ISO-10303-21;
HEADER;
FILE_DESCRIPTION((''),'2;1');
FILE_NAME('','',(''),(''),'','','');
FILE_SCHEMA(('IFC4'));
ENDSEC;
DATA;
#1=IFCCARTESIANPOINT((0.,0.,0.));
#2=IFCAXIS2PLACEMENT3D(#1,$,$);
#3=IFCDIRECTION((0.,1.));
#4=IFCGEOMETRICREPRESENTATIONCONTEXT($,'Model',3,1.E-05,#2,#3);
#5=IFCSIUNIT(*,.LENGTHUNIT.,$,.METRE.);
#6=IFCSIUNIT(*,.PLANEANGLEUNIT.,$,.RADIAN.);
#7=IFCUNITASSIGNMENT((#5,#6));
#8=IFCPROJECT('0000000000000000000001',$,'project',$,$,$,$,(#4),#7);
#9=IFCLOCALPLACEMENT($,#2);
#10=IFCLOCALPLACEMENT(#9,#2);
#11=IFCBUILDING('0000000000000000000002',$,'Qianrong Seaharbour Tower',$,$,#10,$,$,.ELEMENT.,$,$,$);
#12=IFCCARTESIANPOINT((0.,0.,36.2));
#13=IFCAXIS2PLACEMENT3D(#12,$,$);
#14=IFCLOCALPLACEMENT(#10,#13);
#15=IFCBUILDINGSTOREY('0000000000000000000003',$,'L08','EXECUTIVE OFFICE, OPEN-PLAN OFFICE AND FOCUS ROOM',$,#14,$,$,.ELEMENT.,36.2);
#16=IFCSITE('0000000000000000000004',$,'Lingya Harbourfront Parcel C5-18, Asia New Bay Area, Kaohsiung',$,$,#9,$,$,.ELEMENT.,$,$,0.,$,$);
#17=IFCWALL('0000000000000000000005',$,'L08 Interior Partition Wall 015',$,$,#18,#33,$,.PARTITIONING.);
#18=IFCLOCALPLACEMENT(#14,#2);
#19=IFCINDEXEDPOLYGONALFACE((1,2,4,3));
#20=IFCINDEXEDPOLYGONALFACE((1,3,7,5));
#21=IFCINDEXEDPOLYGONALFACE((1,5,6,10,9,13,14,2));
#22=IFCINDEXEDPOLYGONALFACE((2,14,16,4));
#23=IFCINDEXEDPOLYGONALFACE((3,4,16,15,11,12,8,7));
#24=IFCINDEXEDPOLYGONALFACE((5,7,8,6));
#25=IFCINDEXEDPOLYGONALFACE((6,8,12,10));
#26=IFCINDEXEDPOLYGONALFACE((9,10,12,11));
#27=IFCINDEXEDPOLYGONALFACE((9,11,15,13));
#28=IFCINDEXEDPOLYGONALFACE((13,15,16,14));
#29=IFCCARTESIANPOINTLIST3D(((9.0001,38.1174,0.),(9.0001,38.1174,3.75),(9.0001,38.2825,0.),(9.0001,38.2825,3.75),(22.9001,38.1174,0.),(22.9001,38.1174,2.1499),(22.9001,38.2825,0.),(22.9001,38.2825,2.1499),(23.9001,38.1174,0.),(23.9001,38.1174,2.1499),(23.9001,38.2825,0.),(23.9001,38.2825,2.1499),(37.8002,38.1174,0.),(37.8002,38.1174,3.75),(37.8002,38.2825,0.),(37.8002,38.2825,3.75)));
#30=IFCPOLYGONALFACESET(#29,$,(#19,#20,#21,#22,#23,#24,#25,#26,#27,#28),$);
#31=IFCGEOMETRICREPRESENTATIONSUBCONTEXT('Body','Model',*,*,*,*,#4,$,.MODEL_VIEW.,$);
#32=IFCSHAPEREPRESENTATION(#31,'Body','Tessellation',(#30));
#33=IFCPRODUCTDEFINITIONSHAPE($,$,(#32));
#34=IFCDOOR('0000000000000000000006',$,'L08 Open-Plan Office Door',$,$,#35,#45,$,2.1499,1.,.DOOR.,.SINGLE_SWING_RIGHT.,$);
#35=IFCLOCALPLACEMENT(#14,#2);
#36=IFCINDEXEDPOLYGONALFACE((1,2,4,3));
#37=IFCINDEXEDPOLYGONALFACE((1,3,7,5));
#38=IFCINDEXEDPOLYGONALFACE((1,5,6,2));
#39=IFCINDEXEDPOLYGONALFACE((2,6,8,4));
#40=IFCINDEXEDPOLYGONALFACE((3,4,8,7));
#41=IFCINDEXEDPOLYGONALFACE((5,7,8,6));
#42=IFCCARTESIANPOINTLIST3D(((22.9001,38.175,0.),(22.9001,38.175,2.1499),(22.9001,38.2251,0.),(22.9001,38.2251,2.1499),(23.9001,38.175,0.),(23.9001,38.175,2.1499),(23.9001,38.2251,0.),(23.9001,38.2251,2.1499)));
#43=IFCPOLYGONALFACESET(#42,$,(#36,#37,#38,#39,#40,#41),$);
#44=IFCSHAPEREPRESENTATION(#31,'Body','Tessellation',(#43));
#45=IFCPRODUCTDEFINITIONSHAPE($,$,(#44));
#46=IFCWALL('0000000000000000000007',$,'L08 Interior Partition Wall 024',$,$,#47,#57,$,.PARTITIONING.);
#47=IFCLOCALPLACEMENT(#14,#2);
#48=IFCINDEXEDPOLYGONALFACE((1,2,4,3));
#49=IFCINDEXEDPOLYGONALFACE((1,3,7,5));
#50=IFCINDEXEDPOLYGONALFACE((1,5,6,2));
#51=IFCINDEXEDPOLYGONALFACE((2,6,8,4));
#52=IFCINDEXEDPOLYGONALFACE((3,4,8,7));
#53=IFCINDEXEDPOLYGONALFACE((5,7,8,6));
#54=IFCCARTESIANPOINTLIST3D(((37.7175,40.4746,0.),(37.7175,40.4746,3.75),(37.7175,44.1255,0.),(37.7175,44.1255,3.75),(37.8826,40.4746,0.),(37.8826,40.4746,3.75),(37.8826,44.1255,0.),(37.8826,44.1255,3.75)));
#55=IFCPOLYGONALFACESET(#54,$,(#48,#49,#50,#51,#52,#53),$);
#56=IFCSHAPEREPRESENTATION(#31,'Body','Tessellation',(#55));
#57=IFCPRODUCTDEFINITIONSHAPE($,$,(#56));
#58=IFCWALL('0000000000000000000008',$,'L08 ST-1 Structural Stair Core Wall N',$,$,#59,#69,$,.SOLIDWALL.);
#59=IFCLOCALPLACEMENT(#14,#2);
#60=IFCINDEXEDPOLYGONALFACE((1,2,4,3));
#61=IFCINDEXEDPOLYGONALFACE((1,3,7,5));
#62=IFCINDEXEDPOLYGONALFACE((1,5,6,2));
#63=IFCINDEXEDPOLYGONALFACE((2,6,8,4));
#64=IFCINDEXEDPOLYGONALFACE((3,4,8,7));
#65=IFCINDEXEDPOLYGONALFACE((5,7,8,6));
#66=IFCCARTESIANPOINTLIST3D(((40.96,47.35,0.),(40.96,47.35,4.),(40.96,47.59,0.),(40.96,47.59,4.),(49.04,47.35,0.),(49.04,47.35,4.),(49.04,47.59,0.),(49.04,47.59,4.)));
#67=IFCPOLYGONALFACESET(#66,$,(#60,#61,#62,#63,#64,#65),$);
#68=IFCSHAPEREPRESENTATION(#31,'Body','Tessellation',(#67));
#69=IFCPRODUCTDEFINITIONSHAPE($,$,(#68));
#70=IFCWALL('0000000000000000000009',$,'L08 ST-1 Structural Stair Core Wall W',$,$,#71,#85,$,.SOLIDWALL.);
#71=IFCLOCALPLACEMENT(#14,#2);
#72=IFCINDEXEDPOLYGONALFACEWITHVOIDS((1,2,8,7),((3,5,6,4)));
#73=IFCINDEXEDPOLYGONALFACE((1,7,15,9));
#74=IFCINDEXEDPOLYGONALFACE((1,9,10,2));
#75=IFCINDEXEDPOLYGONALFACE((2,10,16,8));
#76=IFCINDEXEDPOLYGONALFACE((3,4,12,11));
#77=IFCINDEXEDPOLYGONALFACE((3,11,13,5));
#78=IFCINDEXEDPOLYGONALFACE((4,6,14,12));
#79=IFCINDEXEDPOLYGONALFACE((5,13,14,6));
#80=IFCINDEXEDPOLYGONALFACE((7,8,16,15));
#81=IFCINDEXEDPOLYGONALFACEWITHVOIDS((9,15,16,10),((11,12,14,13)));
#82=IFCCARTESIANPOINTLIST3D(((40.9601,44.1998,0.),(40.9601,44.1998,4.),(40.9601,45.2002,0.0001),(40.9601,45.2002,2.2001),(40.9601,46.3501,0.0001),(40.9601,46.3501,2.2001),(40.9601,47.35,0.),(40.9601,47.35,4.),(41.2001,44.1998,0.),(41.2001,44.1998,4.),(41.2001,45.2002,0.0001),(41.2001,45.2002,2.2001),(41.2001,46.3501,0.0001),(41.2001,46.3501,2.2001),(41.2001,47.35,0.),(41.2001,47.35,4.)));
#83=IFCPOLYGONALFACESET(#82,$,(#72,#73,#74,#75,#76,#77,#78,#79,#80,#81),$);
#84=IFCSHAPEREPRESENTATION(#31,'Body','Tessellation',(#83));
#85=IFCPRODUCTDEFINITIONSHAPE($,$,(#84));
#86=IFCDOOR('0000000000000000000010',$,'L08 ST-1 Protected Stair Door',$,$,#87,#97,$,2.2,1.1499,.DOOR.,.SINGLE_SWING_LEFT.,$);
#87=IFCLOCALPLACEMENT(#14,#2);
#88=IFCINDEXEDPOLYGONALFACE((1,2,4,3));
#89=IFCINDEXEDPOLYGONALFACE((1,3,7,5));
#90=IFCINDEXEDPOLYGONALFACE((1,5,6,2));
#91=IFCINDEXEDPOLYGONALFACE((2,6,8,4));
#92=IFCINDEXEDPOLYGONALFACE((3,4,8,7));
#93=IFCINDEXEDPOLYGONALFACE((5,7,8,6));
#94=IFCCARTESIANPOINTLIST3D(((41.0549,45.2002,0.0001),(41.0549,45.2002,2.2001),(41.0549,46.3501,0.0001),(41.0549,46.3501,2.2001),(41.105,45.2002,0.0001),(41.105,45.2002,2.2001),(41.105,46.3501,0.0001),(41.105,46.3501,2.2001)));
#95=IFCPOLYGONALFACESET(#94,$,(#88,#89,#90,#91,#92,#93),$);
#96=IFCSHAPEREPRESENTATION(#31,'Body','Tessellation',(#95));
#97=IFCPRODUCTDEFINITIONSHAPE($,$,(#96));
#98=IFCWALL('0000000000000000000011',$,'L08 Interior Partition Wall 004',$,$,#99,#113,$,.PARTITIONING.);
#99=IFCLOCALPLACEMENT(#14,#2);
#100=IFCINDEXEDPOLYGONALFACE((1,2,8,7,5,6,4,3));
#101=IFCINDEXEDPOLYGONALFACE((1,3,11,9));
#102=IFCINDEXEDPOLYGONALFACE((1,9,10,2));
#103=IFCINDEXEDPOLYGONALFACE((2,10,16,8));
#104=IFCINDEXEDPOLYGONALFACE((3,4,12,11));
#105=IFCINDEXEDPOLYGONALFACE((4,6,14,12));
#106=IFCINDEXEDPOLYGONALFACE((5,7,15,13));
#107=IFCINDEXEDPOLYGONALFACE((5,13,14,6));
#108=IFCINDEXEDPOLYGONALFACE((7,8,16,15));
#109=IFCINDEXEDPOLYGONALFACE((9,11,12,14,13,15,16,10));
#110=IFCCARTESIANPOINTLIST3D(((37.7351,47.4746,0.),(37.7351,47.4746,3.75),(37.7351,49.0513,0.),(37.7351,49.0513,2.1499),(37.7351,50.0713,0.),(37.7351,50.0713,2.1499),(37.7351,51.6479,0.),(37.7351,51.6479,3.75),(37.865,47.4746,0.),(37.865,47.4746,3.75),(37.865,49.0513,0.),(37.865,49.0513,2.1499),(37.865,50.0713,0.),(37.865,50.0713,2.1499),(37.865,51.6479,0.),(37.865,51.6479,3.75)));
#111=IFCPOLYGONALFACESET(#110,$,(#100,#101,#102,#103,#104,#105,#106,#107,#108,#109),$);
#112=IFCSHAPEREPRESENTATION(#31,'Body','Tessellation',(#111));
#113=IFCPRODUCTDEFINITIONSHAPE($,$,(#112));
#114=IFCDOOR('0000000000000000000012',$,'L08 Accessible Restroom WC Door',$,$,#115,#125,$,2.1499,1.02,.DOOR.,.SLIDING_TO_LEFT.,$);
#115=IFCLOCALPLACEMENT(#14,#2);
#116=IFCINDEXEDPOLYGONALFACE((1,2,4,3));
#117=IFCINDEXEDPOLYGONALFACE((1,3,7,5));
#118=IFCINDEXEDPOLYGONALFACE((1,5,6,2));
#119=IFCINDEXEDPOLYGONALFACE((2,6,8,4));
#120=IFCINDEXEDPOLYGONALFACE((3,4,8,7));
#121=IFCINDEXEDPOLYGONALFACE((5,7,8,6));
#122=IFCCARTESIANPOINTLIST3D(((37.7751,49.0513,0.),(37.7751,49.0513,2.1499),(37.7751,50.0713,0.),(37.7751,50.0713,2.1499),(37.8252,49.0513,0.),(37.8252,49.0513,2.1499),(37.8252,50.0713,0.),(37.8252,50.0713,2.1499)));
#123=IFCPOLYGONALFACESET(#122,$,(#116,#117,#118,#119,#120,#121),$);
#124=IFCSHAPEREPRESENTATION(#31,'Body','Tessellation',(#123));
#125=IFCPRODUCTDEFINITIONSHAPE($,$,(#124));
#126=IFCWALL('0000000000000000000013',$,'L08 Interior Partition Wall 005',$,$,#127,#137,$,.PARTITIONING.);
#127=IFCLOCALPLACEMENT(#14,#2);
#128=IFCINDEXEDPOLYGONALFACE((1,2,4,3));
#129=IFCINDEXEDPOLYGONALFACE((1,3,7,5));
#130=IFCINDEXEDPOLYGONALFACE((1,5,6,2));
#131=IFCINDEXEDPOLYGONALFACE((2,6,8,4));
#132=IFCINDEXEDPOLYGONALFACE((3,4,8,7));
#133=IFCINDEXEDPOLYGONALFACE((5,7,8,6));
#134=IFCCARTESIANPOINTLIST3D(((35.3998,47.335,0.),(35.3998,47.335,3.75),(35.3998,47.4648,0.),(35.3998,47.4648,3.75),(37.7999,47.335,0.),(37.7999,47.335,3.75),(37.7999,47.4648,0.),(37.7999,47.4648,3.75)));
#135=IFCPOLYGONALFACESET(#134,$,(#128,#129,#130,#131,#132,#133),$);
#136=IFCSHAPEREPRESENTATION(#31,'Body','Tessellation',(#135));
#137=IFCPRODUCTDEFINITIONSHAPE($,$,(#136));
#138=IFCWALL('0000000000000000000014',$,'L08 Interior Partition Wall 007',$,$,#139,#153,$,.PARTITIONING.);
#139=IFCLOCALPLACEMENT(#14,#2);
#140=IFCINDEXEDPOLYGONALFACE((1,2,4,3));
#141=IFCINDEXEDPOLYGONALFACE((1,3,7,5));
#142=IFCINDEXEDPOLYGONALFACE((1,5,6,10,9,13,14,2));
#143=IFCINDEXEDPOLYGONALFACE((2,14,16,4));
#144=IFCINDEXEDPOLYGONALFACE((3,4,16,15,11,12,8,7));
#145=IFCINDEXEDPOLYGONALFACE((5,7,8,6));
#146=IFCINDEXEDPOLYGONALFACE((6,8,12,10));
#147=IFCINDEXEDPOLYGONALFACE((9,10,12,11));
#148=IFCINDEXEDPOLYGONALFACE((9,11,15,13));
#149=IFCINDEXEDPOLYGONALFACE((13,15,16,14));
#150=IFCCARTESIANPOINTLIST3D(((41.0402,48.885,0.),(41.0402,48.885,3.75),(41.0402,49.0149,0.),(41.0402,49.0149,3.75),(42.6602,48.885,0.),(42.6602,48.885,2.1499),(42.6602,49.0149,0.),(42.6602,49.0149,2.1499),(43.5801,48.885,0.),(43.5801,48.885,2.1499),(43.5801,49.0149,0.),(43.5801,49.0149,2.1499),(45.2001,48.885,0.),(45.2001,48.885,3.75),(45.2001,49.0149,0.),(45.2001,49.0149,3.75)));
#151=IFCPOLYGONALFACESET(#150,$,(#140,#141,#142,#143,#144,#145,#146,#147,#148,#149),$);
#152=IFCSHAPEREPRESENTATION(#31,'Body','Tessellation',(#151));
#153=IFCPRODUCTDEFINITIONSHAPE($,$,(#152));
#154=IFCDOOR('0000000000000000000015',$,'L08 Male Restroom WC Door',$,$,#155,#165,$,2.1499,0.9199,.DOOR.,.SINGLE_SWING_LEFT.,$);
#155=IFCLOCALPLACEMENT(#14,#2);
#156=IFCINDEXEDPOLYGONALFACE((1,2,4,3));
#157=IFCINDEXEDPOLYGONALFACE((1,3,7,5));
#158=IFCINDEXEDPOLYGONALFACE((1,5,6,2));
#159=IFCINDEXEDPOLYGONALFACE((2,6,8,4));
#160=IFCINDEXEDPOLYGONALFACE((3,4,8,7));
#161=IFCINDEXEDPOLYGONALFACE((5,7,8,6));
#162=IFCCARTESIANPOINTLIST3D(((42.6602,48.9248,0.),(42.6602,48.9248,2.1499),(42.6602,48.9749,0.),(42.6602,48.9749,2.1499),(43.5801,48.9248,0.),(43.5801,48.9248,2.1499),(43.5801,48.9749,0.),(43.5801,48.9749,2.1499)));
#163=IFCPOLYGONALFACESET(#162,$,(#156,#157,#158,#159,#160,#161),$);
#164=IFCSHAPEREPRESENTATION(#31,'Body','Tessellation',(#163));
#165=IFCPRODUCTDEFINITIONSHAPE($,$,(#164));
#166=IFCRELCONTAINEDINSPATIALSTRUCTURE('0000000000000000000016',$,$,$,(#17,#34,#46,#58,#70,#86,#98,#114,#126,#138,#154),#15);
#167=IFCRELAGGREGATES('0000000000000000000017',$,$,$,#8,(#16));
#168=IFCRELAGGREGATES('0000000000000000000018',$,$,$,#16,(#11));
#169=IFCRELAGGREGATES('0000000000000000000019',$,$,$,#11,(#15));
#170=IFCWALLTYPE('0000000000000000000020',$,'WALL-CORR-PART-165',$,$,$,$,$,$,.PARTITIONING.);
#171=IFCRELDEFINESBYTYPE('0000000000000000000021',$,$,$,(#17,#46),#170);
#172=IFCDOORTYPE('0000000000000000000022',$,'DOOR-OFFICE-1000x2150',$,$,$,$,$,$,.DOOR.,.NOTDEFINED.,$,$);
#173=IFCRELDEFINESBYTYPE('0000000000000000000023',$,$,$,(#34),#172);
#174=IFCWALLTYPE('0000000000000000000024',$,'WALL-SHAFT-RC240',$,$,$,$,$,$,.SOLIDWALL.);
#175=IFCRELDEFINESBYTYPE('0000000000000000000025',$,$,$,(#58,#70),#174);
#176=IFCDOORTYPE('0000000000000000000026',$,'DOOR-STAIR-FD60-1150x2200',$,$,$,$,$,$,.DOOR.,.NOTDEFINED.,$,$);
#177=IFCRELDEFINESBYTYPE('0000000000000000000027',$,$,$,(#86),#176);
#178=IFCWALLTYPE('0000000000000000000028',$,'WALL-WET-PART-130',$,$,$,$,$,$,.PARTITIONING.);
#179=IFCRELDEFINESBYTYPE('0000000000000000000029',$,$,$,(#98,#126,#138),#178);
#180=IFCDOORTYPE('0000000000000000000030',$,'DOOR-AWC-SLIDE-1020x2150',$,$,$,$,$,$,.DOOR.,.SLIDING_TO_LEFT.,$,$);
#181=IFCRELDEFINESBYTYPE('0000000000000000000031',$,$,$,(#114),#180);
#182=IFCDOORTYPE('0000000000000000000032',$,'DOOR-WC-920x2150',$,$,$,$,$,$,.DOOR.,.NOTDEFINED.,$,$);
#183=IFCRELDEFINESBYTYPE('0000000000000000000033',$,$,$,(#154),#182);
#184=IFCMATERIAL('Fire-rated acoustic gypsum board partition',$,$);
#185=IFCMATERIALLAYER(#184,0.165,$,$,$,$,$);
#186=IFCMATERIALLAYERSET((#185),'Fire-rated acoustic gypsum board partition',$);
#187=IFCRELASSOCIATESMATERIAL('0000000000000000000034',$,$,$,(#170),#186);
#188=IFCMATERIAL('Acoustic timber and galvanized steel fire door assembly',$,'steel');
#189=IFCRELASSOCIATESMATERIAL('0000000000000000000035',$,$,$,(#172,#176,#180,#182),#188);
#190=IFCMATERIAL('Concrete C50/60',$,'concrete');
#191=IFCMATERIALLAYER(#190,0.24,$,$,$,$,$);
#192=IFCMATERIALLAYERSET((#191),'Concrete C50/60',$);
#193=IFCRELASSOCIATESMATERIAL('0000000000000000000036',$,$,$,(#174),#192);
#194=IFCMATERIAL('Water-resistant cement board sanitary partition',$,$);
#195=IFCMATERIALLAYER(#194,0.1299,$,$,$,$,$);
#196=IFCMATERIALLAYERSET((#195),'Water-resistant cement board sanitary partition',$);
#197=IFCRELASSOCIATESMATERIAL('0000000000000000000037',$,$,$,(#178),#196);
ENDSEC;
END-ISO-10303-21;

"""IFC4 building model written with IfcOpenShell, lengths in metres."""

from ifc_helpers import new_model, si_unit, direction, frame, frame_2d, origin, place, context, subcontext, project, spatial, rectangle, extrude, material, layer, layer_set, type_object, element, fill, save


model = new_model("IFC4")

# Units and contexts
model_context = context("Model", 3, precision=1e-05, world=origin(), true_north=direction((0.0, 1.0)))
body_context = subcontext(model_context, "Body", "Model", "MODEL_VIEW")
ifc_project = project(units=[si_unit("LENGTHUNIT", "METRE"), si_unit("PLANEANGLEUNIT", "RADIAN")], contexts=[model_context])

# Site, building, storey
site_placement = place(None, origin())
site = spatial("IfcSite", under=ifc_project, at=site_placement, Name="Lingya Harbourfront Parcel C5-18, Asia New Bay Area, Kaohsiung", CompositionType="ELEMENT", RefElevation=0.0)
building_placement = place(site_placement, origin())
building = spatial("IfcBuilding", under=site, at=building_placement, Name="Qianrong Seaharbour Tower", CompositionType="ELEMENT")
storey_placement = place(building_placement, frame((0.0, 0.0, 36.2)))
storey = spatial("IfcBuildingStorey", under=building, at=storey_placement, Name="L08", Description="EXECUTIVE OFFICE, OPEN-PLAN OFFICE AND FOCUS ROOM", CompositionType="ELEMENT", Elevation=36.2)

# Shared definitions
ifc_material_1 = material(Name="Fire-rated acoustic gypsum board partition")
ifc_layer_1 = layer(ifc_material_1, 0.165)
ifc_layer_set_1 = layer_set([ifc_layer_1], Name="Fire-rated acoustic gypsum board partition")
wall_type_1 = type_object("IfcWallType", Name="WALL-CORR-PART-165", PredefinedType="PARTITIONING", material=ifc_layer_set_1)
ifc_material_2 = material(Name="Acoustic timber and galvanized steel fire door assembly", Category="steel")

# Wall, opening, door
wall_1_placement = place(storey_placement, frame((37.8, 38.2, 0.0), z_axis=(0.0, 0.0, 1.0), x_axis=(-1.0, 0.0, 0.0)))
wall_1 = element("IfcWall", 1, at=wall_1_placement, inside=storey, type_object=wall_type_1, Name="L08 Interior Partition Wall 015", PredefinedType="PARTITIONING", context=body_context, shape_type="SweptSolid", body=[
    extrude(rectangle(XDim=28.8, YDim=0.165, at=frame_2d((14.3999, 0.0))), origin(), (0.0, 0.0, 1.0), 3.75),
])
opening_1_placement = place(wall_1_placement, frame((13.8999, 0.0, 0.0)))
opening_1 = element("IfcOpeningElement", 2, at=opening_1_placement, cuts=wall_1, PredefinedType="OPENING", context=body_context, shape_type="SweptSolid", body=[
    extrude(rectangle(XDim=1.0, YDim=2.1499, at=frame_2d((0.5, 1.075))), frame((0.0, 0.0925, 0.0), z_axis=(0.0, -1.0, 0.0), x_axis=(1.0, 0.0, 0.0)), (0.0, 0.0, 1.0), 0.1851),
])
door_type_1 = type_object("IfcDoorType", Name="DOOR-OFFICE-1000x2150", OperationType="NOTDEFINED", PredefinedType="DOOR", material=ifc_material_2)
door_1_placement = place(opening_1_placement, origin())
door_1 = element("IfcDoor", 3, at=door_1_placement, inside=storey, type_object=door_type_1, Name="L08 Open-Plan Office Door", OperationType="SINGLE_SWING_RIGHT", OverallHeight=2.1499, OverallWidth=1.0, PredefinedType="DOOR", context=body_context, shape_type="SweptSolid", body=[
    extrude(rectangle(XDim=1.0, YDim=2.1499, at=frame_2d((0.5, 1.075))), frame((0.0, 0.0249, 0.0), z_axis=(0.0, -1.0, 0.0), x_axis=(1.0, 0.0, 0.0)), (0.0, 0.0, 1.0), 0.05),
])
fill(opening_1, door_1)

# Walls
wall_2_placement = place(storey_placement, frame((37.8, 40.4746, 0.0), z_axis=(0.0, 0.0, 1.0), x_axis=(0.0, 1.0, 0.0)))
element("IfcWall", 4, at=wall_2_placement, inside=storey, type_object=wall_type_1, Name="L08 Interior Partition Wall 024", PredefinedType="PARTITIONING", context=body_context, shape_type="SweptSolid", body=[
    extrude(rectangle(XDim=3.6509, YDim=0.165, at=frame_2d((1.8254, 0.0))), origin(), (0.0, 0.0, 1.0), 3.75),
])
ifc_material_3 = material(Name="Concrete C50/60", Category="concrete")
ifc_layer_2 = layer(ifc_material_3, 0.24)
ifc_layer_set_2 = layer_set([ifc_layer_2], Name="Concrete C50/60")
wall_type_2 = type_object("IfcWallType", Name="WALL-SHAFT-RC240", PredefinedType="SOLIDWALL", material=ifc_layer_set_2)
wall_3_placement = place(storey_placement, frame((40.96, 47.47, 0.0), z_axis=(0.0, 0.0, 1.0), x_axis=(1.0, 0.0, 0.0)))
element("IfcWall", 5, at=wall_3_placement, inside=storey, type_object=wall_type_2, Name="L08 ST-1 Structural Stair Core Wall N", PredefinedType="SOLIDWALL", context=body_context, shape_type="SweptSolid", body=[
    extrude(rectangle(XDim=8.0801, YDim=0.24, at=frame_2d((4.04, 0.0))), origin(), (0.0, 0.0, 1.0), 4.0),
])

# Walls, openings, doors
wall_4_placement = place(storey_placement, frame((41.0801, 47.3501, 0.0), z_axis=(0.0, 0.0, 1.0), x_axis=(0.0, -1.0, 0.0)))
wall_4 = element("IfcWall", 6, at=wall_4_placement, inside=storey, type_object=wall_type_2, Name="L08 ST-1 Structural Stair Core Wall W", PredefinedType="SOLIDWALL", context=body_context, shape_type="SweptSolid", body=[
    extrude(rectangle(XDim=3.1501, YDim=0.24, at=frame_2d((1.5752, 0.0))), origin(), (0.0, 0.0, 1.0), 4.0),
])
opening_2_placement = place(wall_4_placement, frame((1.0, 0.0, 0.0)))
opening_2 = element("IfcOpeningElement", 7, at=opening_2_placement, cuts=wall_4, PredefinedType="OPENING", context=body_context, shape_type="SweptSolid", body=[
    extrude(rectangle(XDim=1.1499, YDim=2.2, at=frame_2d((0.575, 1.1001))), frame((0.0, 0.1299, 0.0), z_axis=(0.0, -1.0, 0.0), x_axis=(1.0, 0.0, 0.0)), (0.0, 0.0, 1.0), 0.26),
])
door_type_2 = type_object("IfcDoorType", Name="DOOR-STAIR-FD60-1150x2200", OperationType="NOTDEFINED", PredefinedType="DOOR", material=ifc_material_2)
door_2_placement = place(opening_2_placement, origin())
door_2 = element("IfcDoor", 8, at=door_2_placement, inside=storey, type_object=door_type_2, Name="L08 ST-1 Protected Stair Door", OperationType="SINGLE_SWING_LEFT", OverallHeight=2.2, OverallWidth=1.1499, PredefinedType="DOOR", context=body_context, shape_type="SweptSolid", body=[
    extrude(rectangle(XDim=1.1499, YDim=2.2, at=frame_2d((0.575, 1.1001))), frame((0.0, 0.0249, 0.0), z_axis=(0.0, -1.0, 0.0), x_axis=(1.0, 0.0, 0.0)), (0.0, 0.0, 1.0), 0.05),
])
fill(opening_2, door_2)
ifc_material_4 = material(Name="Water-resistant cement board sanitary partition")
ifc_layer_3 = layer(ifc_material_4, 0.1299)
ifc_layer_set_3 = layer_set([ifc_layer_3], Name="Water-resistant cement board sanitary partition")
wall_type_3 = type_object("IfcWallType", Name="WALL-WET-PART-130", PredefinedType="PARTITIONING", material=ifc_layer_set_3)
wall_5_placement = place(storey_placement, frame((37.8, 47.4746, 0.0), z_axis=(0.0, 0.0, 1.0), x_axis=(0.0, 1.0, 0.0)))
wall_5 = element("IfcWall", 9, at=wall_5_placement, inside=storey, type_object=wall_type_3, Name="L08 Interior Partition Wall 004", PredefinedType="PARTITIONING", context=body_context, shape_type="SweptSolid", body=[
    extrude(rectangle(XDim=4.1733, YDim=0.1299, at=frame_2d((2.0867, 0.0))), origin(), (0.0, 0.0, 1.0), 3.75),
])
opening_3_placement = place(wall_5_placement, frame((1.5767, 0.0, 0.0)))
opening_3 = element("IfcOpeningElement", 10, at=opening_3_placement, cuts=wall_5, PredefinedType="OPENING", context=body_context, shape_type="SweptSolid", body=[
    extrude(rectangle(XDim=1.02, YDim=2.1499, at=frame_2d((0.51, 1.075))), frame((0.0, 0.075, 0.0), z_axis=(0.0, -1.0, 0.0), x_axis=(1.0, 0.0, 0.0)), (0.0, 0.0, 1.0), 0.1499),
])
door_type_3 = type_object("IfcDoorType", Name="DOOR-AWC-SLIDE-1020x2150", OperationType="SLIDING_TO_LEFT", PredefinedType="DOOR", material=ifc_material_2)
door_3_placement = place(opening_3_placement, origin())
door_3 = element("IfcDoor", 11, at=door_3_placement, inside=storey, type_object=door_type_3, Name="L08 Accessible Restroom WC Door", OperationType="SLIDING_TO_LEFT", OverallHeight=2.1499, OverallWidth=1.02, PredefinedType="DOOR", context=body_context, shape_type="SweptSolid", body=[
    extrude(rectangle(XDim=1.02, YDim=2.1499, at=frame_2d((0.51, 1.075))), frame((0.0, 0.0249, 0.0), z_axis=(0.0, -1.0, 0.0), x_axis=(1.0, 0.0, 0.0)), (0.0, 0.0, 1.0), 0.05),
])
fill(opening_3, door_3)

# Wall
wall_6_placement = place(storey_placement, frame((37.8, 47.3999, 0.0), z_axis=(0.0, 0.0, 1.0), x_axis=(-1.0, 0.0, 0.0)))
element("IfcWall", 12, at=wall_6_placement, inside=storey, type_object=wall_type_3, Name="L08 Interior Partition Wall 005", PredefinedType="PARTITIONING", context=body_context, shape_type="SweptSolid", body=[
    extrude(rectangle(XDim=2.4001, YDim=0.1299, at=frame_2d((1.2002, 0.0))), origin(), (0.0, 0.0, 1.0), 3.75),
])

# Wall, opening, door
wall_7_placement = place(storey_placement, frame((41.04, 48.95, 0.0), z_axis=(0.0, 0.0, 1.0), x_axis=(1.0, 0.0, 0.0)))
wall_7 = element("IfcWall", 13, at=wall_7_placement, inside=storey, type_object=wall_type_3, Name="L08 Interior Partition Wall 007", PredefinedType="PARTITIONING", context=body_context, shape_type="SweptSolid", body=[
    extrude(rectangle(XDim=4.1599, YDim=0.1299, at=frame_2d((2.0801, 0.0))), origin(), (0.0, 0.0, 1.0), 3.75),
])
opening_4_placement = place(wall_7_placement, frame((1.6201, 0.0, 0.0)))
opening_4 = element("IfcOpeningElement", 14, at=opening_4_placement, cuts=wall_7, PredefinedType="OPENING", context=body_context, shape_type="SweptSolid", body=[
    extrude(rectangle(XDim=0.9199, YDim=2.1499, at=frame_2d((0.46, 1.075))), frame((0.0, 0.075, 0.0), z_axis=(0.0, -1.0, 0.0), x_axis=(1.0, 0.0, 0.0)), (0.0, 0.0, 1.0), 0.1499),
])
door_type_4 = type_object("IfcDoorType", Name="DOOR-WC-920x2150", OperationType="NOTDEFINED", PredefinedType="DOOR", material=ifc_material_2)
door_4_placement = place(opening_4_placement, origin())
door_4 = element("IfcDoor", 15, at=door_4_placement, inside=storey, type_object=door_type_4, Name="L08 Male Restroom WC Door", OperationType="SINGLE_SWING_LEFT", OverallHeight=2.1499, OverallWidth=0.9199, PredefinedType="DOOR", context=body_context, shape_type="SweptSolid", body=[
    extrude(rectangle(XDim=0.9199, YDim=2.1499, at=frame_2d((0.46, 1.075))), frame((0.0, 0.0249, 0.0), z_axis=(0.0, -1.0, 0.0), x_axis=(1.0, 0.0, 0.0)), (0.0, 0.0, 1.0), 0.05),
])
fill(opening_4, door_4)

save(model, "model.ifc")
